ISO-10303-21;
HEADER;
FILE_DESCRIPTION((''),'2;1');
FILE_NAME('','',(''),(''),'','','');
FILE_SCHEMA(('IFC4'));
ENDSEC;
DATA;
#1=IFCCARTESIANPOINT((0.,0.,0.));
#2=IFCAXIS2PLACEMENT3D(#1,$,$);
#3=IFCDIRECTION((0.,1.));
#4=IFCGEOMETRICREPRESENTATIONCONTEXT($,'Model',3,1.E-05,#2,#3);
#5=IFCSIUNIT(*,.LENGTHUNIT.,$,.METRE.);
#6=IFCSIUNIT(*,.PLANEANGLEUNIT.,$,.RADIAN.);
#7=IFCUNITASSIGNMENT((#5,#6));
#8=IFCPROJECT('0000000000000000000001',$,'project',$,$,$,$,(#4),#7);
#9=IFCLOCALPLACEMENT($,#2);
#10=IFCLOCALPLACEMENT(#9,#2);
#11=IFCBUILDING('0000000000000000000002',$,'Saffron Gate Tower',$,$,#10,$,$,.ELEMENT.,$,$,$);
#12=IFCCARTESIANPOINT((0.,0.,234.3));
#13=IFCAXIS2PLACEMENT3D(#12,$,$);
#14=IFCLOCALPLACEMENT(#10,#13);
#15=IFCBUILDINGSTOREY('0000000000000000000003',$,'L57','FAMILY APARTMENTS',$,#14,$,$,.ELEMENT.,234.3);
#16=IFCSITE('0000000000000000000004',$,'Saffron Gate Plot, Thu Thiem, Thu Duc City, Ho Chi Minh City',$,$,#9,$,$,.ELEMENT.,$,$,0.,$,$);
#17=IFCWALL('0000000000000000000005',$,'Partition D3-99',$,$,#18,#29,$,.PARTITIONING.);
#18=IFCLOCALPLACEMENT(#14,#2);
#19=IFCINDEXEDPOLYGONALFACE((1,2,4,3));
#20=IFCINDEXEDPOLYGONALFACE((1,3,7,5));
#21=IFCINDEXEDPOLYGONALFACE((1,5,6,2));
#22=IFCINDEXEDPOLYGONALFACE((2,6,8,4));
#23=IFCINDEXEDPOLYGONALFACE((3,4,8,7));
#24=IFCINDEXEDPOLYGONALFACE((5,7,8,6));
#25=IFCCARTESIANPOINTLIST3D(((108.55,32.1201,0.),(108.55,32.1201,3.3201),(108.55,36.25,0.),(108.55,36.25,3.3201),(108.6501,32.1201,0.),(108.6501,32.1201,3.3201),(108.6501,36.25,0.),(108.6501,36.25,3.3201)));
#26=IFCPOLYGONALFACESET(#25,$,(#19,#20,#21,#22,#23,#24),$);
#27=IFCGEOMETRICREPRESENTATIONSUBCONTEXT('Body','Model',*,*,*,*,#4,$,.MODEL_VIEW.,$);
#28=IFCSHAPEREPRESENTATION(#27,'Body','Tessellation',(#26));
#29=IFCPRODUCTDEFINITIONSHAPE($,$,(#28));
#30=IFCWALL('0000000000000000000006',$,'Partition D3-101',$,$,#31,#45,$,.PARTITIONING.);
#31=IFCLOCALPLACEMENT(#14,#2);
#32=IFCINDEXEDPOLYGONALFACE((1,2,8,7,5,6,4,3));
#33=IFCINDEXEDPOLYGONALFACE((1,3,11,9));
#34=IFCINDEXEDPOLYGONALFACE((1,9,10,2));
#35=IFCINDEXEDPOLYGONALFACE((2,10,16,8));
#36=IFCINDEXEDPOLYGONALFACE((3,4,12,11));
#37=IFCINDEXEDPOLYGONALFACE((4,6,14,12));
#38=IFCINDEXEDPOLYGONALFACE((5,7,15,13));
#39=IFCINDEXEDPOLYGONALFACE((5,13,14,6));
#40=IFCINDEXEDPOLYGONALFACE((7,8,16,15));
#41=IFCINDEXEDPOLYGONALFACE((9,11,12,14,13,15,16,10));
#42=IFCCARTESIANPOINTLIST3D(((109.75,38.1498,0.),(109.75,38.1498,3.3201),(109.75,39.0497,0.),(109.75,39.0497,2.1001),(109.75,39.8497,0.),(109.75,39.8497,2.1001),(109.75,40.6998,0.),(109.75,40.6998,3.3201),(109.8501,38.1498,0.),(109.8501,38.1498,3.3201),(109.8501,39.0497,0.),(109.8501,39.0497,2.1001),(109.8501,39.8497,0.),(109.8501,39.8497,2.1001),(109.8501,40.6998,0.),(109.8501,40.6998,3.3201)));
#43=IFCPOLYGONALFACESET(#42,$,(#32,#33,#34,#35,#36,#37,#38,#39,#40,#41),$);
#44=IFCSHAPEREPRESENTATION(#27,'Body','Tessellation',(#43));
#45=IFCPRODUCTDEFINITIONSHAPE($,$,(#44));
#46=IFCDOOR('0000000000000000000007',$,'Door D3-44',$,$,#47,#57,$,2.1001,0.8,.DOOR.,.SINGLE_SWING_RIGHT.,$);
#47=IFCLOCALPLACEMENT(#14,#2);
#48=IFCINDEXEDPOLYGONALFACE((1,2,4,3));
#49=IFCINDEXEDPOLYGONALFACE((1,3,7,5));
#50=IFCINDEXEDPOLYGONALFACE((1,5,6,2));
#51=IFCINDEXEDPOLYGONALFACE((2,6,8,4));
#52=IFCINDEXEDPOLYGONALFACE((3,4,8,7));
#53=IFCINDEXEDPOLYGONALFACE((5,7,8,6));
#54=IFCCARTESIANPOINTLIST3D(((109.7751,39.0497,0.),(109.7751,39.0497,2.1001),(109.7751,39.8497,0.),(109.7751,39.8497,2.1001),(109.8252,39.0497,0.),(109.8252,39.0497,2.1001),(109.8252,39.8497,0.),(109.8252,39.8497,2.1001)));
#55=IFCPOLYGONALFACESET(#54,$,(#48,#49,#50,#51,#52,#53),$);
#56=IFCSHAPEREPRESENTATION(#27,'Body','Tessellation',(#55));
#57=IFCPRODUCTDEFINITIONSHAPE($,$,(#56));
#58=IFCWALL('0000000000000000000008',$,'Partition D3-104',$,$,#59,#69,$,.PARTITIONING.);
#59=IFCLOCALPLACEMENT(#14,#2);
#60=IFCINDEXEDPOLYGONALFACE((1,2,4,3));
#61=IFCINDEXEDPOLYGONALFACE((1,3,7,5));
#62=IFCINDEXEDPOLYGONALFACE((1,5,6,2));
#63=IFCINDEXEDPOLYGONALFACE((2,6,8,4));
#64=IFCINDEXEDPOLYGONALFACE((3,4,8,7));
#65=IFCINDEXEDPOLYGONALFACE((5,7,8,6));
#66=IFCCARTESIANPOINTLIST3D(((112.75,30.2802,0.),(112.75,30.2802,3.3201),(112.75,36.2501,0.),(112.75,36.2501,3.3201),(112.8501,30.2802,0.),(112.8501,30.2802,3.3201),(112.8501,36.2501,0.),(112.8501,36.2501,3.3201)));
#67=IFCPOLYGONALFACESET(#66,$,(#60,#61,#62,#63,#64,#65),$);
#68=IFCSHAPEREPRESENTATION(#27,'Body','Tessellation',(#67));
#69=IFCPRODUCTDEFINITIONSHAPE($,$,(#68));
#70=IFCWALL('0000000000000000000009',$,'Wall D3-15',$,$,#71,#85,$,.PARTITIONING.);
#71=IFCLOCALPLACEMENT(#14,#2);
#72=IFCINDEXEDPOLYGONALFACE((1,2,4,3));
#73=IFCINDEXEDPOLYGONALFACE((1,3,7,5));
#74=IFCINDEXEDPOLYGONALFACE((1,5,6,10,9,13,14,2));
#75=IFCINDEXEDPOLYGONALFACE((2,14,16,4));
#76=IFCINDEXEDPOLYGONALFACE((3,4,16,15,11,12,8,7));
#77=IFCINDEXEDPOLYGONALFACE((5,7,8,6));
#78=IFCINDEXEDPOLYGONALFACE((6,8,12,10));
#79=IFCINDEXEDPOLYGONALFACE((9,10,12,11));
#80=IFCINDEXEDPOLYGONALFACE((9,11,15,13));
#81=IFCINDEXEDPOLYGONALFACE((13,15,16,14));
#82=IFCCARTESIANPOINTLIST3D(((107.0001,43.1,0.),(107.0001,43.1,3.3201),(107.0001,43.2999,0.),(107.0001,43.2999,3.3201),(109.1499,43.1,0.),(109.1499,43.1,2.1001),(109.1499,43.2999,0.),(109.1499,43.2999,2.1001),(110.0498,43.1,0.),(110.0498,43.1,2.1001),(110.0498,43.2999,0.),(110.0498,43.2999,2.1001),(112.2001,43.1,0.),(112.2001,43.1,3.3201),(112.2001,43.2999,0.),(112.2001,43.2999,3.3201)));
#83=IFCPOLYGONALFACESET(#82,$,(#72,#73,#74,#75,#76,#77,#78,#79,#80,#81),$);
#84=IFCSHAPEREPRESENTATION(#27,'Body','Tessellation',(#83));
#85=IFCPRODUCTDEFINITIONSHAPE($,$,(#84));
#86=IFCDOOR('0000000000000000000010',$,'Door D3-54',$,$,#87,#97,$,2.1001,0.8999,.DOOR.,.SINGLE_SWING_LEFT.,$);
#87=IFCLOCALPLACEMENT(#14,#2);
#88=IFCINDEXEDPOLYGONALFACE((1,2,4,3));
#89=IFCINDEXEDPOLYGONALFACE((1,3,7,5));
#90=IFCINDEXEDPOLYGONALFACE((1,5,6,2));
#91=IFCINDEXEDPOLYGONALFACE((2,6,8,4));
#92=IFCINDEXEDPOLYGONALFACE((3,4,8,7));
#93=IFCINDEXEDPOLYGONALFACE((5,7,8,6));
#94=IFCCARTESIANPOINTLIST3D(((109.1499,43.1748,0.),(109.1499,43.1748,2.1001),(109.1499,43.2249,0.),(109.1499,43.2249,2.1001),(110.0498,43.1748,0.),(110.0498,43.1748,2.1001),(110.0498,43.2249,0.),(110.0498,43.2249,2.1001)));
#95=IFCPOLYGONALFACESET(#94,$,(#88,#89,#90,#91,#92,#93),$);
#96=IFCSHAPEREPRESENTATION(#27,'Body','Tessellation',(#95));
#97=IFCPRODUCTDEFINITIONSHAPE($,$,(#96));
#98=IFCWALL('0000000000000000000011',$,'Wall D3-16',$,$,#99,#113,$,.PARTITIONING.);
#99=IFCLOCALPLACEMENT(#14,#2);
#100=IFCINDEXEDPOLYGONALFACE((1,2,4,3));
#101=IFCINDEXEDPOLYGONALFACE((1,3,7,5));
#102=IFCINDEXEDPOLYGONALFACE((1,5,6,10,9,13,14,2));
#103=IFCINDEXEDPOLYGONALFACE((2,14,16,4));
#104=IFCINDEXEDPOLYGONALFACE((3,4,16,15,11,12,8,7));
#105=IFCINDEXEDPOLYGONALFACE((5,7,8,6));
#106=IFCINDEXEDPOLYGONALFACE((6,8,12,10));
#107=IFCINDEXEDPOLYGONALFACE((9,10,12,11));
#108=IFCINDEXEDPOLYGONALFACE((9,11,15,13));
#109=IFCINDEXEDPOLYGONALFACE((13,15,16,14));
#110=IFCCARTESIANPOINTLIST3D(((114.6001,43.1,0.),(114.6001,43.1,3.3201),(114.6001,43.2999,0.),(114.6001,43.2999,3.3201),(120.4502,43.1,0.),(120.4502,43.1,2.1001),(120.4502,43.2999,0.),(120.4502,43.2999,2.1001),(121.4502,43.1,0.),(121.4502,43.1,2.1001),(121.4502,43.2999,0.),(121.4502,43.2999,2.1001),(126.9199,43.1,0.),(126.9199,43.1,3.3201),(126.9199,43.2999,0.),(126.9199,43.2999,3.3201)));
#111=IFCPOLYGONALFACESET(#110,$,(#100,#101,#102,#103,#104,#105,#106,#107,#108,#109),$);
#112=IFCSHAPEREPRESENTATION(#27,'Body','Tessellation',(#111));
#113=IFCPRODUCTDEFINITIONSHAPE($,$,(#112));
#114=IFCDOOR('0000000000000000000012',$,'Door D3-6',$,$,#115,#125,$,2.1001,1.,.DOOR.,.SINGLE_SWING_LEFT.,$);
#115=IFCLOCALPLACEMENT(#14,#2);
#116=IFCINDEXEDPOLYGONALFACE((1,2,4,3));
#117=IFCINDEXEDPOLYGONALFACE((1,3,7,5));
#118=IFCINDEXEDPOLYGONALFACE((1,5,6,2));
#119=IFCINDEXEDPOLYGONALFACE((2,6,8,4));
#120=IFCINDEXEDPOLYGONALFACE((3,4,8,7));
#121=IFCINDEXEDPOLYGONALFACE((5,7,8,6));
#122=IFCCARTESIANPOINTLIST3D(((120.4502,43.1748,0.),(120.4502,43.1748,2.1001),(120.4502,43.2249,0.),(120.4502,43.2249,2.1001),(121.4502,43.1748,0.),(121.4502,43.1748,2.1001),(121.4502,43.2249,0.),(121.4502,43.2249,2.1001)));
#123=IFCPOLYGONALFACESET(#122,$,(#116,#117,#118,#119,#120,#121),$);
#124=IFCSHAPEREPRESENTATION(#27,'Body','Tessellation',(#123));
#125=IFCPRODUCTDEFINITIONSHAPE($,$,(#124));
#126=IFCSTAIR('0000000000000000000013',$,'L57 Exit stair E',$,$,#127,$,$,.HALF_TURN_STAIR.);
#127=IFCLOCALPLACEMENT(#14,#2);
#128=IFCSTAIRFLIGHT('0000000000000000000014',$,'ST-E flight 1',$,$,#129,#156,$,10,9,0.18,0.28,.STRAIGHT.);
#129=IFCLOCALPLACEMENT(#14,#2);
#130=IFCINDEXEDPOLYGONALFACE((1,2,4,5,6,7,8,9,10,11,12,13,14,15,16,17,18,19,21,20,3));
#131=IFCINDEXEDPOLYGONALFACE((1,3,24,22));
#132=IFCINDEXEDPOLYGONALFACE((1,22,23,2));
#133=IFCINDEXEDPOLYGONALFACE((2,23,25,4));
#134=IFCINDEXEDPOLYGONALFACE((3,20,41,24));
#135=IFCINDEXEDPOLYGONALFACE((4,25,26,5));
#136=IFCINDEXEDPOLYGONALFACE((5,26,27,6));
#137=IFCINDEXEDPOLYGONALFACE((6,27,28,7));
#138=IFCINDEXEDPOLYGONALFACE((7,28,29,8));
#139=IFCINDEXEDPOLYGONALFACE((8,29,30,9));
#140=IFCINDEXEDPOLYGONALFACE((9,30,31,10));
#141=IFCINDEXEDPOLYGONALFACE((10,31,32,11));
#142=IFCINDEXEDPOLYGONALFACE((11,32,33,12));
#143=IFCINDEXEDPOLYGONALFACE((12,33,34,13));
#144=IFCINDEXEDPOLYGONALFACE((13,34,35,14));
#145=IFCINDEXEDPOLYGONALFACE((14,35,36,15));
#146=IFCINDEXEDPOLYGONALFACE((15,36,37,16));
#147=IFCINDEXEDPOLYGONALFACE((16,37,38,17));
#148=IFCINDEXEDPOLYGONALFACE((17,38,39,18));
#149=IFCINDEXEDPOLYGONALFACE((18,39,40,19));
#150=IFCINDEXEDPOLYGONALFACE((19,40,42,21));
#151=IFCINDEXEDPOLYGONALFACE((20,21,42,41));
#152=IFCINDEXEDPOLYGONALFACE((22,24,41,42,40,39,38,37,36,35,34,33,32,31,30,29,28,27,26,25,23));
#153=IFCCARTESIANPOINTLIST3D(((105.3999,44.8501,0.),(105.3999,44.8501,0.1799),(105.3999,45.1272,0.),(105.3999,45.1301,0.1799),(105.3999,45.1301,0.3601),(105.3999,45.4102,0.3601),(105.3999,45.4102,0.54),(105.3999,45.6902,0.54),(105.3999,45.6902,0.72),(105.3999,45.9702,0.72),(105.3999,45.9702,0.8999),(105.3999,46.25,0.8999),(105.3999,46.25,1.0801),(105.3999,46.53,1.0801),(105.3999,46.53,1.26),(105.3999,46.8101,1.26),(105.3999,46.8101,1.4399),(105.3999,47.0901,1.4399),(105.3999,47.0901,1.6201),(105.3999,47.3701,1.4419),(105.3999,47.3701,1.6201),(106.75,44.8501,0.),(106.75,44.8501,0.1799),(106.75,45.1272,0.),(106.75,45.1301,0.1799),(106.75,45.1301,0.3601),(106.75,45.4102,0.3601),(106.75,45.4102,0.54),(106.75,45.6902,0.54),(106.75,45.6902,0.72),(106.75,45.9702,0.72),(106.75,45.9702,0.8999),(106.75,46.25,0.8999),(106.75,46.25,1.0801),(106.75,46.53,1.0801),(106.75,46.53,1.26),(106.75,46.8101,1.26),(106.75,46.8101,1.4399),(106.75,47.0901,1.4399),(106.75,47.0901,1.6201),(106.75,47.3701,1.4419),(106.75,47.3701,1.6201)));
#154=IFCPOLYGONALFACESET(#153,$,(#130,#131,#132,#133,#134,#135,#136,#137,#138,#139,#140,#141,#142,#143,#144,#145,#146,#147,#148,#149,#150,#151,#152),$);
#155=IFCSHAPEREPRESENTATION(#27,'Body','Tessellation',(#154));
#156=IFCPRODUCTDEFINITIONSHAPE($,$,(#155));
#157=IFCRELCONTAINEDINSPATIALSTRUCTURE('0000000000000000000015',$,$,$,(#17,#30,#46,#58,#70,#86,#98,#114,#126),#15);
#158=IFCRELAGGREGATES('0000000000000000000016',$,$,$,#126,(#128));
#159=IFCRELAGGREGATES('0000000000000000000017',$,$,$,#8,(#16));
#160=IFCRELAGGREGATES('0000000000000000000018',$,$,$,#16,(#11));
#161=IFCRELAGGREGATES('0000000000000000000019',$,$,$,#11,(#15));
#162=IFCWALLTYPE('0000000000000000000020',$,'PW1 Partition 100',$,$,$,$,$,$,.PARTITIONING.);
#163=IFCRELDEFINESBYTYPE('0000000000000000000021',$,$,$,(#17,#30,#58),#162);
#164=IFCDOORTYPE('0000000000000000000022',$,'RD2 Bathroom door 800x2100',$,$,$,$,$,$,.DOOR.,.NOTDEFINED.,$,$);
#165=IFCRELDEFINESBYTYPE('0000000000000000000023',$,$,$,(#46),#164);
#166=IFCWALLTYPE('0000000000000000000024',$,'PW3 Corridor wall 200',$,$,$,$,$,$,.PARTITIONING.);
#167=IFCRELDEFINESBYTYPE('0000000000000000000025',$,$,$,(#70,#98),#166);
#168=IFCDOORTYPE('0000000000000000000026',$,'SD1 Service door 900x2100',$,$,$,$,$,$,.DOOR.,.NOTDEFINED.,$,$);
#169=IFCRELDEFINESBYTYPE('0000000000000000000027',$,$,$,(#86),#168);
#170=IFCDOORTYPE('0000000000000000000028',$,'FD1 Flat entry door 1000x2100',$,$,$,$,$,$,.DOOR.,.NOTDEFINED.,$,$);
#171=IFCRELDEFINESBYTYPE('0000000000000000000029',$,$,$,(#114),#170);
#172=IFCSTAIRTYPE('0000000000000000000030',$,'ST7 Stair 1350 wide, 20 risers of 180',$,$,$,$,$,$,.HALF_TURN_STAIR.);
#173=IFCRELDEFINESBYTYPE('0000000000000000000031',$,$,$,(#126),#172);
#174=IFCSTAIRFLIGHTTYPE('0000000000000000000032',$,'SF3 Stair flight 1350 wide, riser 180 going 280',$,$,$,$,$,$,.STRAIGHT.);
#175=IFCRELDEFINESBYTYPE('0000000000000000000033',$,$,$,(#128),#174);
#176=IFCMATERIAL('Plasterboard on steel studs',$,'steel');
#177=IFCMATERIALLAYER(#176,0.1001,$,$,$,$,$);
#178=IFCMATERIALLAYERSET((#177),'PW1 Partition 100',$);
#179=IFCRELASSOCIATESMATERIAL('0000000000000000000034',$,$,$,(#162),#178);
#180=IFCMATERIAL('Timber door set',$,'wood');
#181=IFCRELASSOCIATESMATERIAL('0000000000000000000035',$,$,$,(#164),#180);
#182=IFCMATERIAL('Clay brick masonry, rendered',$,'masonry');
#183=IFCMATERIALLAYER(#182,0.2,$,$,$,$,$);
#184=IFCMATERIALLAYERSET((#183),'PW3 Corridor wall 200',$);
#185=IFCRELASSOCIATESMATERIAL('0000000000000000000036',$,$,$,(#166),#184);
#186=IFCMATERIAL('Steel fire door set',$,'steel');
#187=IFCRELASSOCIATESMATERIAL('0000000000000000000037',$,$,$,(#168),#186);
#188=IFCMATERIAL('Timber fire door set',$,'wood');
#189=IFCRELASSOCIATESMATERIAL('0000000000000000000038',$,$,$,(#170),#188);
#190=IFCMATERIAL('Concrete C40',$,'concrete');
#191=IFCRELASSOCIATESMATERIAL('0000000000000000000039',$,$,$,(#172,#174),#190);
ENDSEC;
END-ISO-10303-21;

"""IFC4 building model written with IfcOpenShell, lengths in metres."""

from ifc_helpers import new_model, si_unit, direction, frame, frame_2d, origin, place, context, subcontext, project, spatial, polyline, rectangle, outline, extrude, material, layer, layer_set, type_object, element, fill, aggregate, save


model = new_model("IFC4")

# Units and contexts
model_context = context("Model", 3, precision=1e-05, world=origin(), true_north=direction((0.0, 1.0)))
body_context = subcontext(model_context, "Body", "Model", "MODEL_VIEW")
ifc_project = project(units=[si_unit("LENGTHUNIT", "METRE"), si_unit("PLANEANGLEUNIT", "RADIAN")], contexts=[model_context])

# Site, building, storey
site_placement = place(None, origin())
site = spatial("IfcSite", under=ifc_project, at=site_placement, Name="Saffron Gate Plot, Thu Thiem, Thu Duc City, Ho Chi Minh City", CompositionType="ELEMENT", RefElevation=0.0)
building_placement = place(site_placement, origin())
building = spatial("IfcBuilding", under=site, at=building_placement, Name="Saffron Gate Tower", CompositionType="ELEMENT")
storey_placement = place(building_placement, frame((0.0, 0.0, 234.3)))
storey = spatial("IfcBuildingStorey", under=building, at=storey_placement, Name="L57", Description="FAMILY APARTMENTS", CompositionType="ELEMENT", Elevation=234.3)

# Shared definitions
ifc_material_1 = material(Name="Plasterboard on steel studs", Category="steel")
ifc_layer_1 = layer(ifc_material_1, 0.1001)
ifc_layer_set_1 = layer_set([ifc_layer_1], Name="PW1 Partition 100")
wall_type_1 = type_object("IfcWallType", Name="PW1 Partition 100", PredefinedType="PARTITIONING", material=ifc_layer_set_1)

# Shared definitions
ifc_material_2 = material(Name="Timber door set", Category="wood")

# Wall
wall_1_placement = place(storey_placement, frame((108.6001, 36.25, 0.0), z_axis=(0.0, 0.0, 1.0), x_axis=(0.0, -1.0, 0.0)))
element("IfcWall", 1, at=wall_1_placement, inside=storey, type_object=wall_type_1, Name="Partition D3-99", PredefinedType="PARTITIONING", context=body_context, shape_type="SweptSolid", body=[
    extrude(rectangle(XDim=4.1299, YDim=0.1001, at=frame_2d((2.0649, 0.0))), origin(), (0.0, 0.0, 1.0), 3.3201),
])

# Wall, opening, door
wall_2_placement = place(storey_placement, frame((109.8, 38.1499, 0.0), z_axis=(0.0, 0.0, 1.0), x_axis=(0.0, 1.0, 0.0)))
wall_2 = element("IfcWall", 2, at=wall_2_placement, inside=storey, type_object=wall_type_1, Name="Partition D3-101", PredefinedType="PARTITIONING", context=body_context, shape_type="SweptSolid", body=[
    extrude(rectangle(XDim=2.55, YDim=0.1001, at=frame_2d((1.2749, 0.0))), origin(), (0.0, 0.0, 1.0), 3.3201),
])
opening_1_placement = place(wall_2_placement, frame((0.8999, 0.0, 0.0)))
opening_1 = element("IfcOpeningElement", 3, at=opening_1_placement, cuts=wall_2, PredefinedType="OPENING", context=body_context, shape_type="SweptSolid", body=[
    extrude(rectangle(XDim=0.8, YDim=2.1001, at=frame_2d((0.3999, 1.05))), frame((0.0, 0.0601, 0.0), z_axis=(0.0, -1.0, 0.0), x_axis=(1.0, 0.0, 0.0)), (0.0, 0.0, 1.0), 0.1201),
])
door_type_1 = type_object("IfcDoorType", Name="RD2 Bathroom door 800x2100", OperationType="NOTDEFINED", PredefinedType="DOOR", material=ifc_material_2)
door_1_placement = place(opening_1_placement, origin())
door_1 = element("IfcDoor", 4, at=door_1_placement, inside=storey, type_object=door_type_1, Name="Door D3-44", OperationType="SINGLE_SWING_RIGHT", OverallHeight=2.1001, OverallWidth=0.8, PredefinedType="DOOR", context=body_context, shape_type="SweptSolid", body=[
    extrude(rectangle(XDim=0.8, YDim=2.1001, at=frame_2d((0.3999, 1.05))), frame((0.0, 0.0249, 0.0), z_axis=(0.0, -1.0, 0.0), x_axis=(1.0, 0.0, 0.0)), (0.0, 0.0, 1.0), 0.05),
])
fill(opening_1, door_1)

# Wall
wall_3_placement = place(storey_placement, frame((112.8, 36.25, 0.0), z_axis=(0.0, 0.0, 1.0), x_axis=(0.0, -1.0, 0.0)))
element("IfcWall", 5, at=wall_3_placement, inside=storey, type_object=wall_type_1, Name="Partition D3-104", PredefinedType="PARTITIONING", context=body_context, shape_type="SweptSolid", body=[
    extrude(rectangle(XDim=5.97, YDim=0.1001, at=frame_2d((2.9849, 0.0))), origin(), (0.0, 0.0, 1.0), 3.3201),
])

# Walls, openings, doors
ifc_material_3 = material(Name="Clay brick masonry, rendered", Category="masonry")
ifc_layer_2 = layer(ifc_material_3, 0.2)
ifc_layer_set_2 = layer_set([ifc_layer_2], Name="PW3 Corridor wall 200")
wall_type_2 = type_object("IfcWallType", Name="PW3 Corridor wall 200", PredefinedType="PARTITIONING", material=ifc_layer_set_2)
wall_4_placement = place(storey_placement, frame((107.0, 43.2, 0.0), z_axis=(0.0, 0.0, 1.0), x_axis=(1.0, 0.0, 0.0)))
wall_4 = element("IfcWall", 6, at=wall_4_placement, inside=storey, type_object=wall_type_2, Name="Wall D3-15", PredefinedType="PARTITIONING", context=body_context, shape_type="SweptSolid", body=[
    extrude(rectangle(XDim=5.2, YDim=0.2, at=frame_2d((2.6001, 0.0))), origin(), (0.0, 0.0, 1.0), 3.3201),
])
opening_2_placement = place(wall_4_placement, frame((2.1499, 0.0, 0.0)))
opening_2 = element("IfcOpeningElement", 7, at=opening_2_placement, cuts=wall_4, PredefinedType="OPENING", context=body_context, shape_type="SweptSolid", body=[
    extrude(rectangle(XDim=0.8999, YDim=2.1001, at=frame_2d((0.45, 1.05))), frame((0.0, 0.1099, 0.0), z_axis=(0.0, -1.0, 0.0), x_axis=(1.0, 0.0, 0.0)), (0.0, 0.0, 1.0), 0.22),
])
ifc_material_4 = material(Name="Steel fire door set", Category="steel")
door_type_2 = type_object("IfcDoorType", Name="SD1 Service door 900x2100", OperationType="NOTDEFINED", PredefinedType="DOOR", material=ifc_material_4)
door_2_placement = place(opening_2_placement, origin())
door_2 = element("IfcDoor", 8, at=door_2_placement, inside=storey, type_object=door_type_2, Name="Door D3-54", OperationType="SINGLE_SWING_LEFT", OverallHeight=2.1001, OverallWidth=0.8999, PredefinedType="DOOR", context=body_context, shape_type="SweptSolid", body=[
    extrude(rectangle(XDim=0.8999, YDim=2.1001, at=frame_2d((0.45, 1.05))), frame((0.0, 0.0249, 0.0), z_axis=(0.0, -1.0, 0.0), x_axis=(1.0, 0.0, 0.0)), (0.0, 0.0, 1.0), 0.05),
])
fill(opening_2, door_2)
wall_5_placement = place(storey_placement, frame((114.6001, 43.2, 0.0), z_axis=(0.0, 0.0, 1.0), x_axis=(1.0, 0.0, 0.0)))
wall_5 = element("IfcWall", 9, at=wall_5_placement, inside=storey, type_object=wall_type_2, Name="Wall D3-16", PredefinedType="PARTITIONING", context=body_context, shape_type="SweptSolid", body=[
    extrude(rectangle(XDim=12.3198, YDim=0.2, at=frame_2d((6.1599, 0.0))), origin(), (0.0, 0.0, 1.0), 3.3201),
])
opening_3_placement = place(wall_5_placement, frame((5.8501, 0.0, 0.0)))
opening_3 = element("IfcOpeningElement", 10, at=opening_3_placement, cuts=wall_5, PredefinedType="OPENING", context=body_context, shape_type="SweptSolid", body=[
    extrude(rectangle(XDim=1.0, YDim=2.1001, at=frame_2d((0.5, 1.05))), frame((0.0, 0.1099, 0.0), z_axis=(0.0, -1.0, 0.0), x_axis=(1.0, 0.0, 0.0)), (0.0, 0.0, 1.0), 0.22),
])
ifc_material_5 = material(Name="Timber fire door set", Category="wood")
door_type_3 = type_object("IfcDoorType", Name="FD1 Flat entry door 1000x2100", OperationType="NOTDEFINED", PredefinedType="DOOR", material=ifc_material_5)
door_3_placement = place(opening_3_placement, origin())
door_3 = element("IfcDoor", 11, at=door_3_placement, inside=storey, type_object=door_type_3, Name="Door D3-6", OperationType="SINGLE_SWING_LEFT", OverallHeight=2.1001, OverallWidth=1.0, PredefinedType="DOOR", context=body_context, shape_type="SweptSolid", body=[
    extrude(rectangle(XDim=1.0, YDim=2.1001, at=frame_2d((0.5, 1.05))), frame((0.0, 0.0249, 0.0), z_axis=(0.0, -1.0, 0.0), x_axis=(1.0, 0.0, 0.0)), (0.0, 0.0, 1.0), 0.05),
])
fill(opening_3, door_3)

# Stair, stair flight
ifc_material_6 = material(Name="Concrete C40", Category="concrete")
stair_type = type_object("IfcStairType", Name="ST7 Stair 1350 wide, 20 risers of 180", PredefinedType="HALF_TURN_STAIR", material=ifc_material_6)
stair_placement = place(storey_placement, origin())
stair = element("IfcStair", 12, at=stair_placement, inside=storey, type_object=stair_type, Name="L57 Exit stair E", PredefinedType="HALF_TURN_STAIR")
stair_flight_type = type_object("IfcStairFlightType", Name="SF3 Stair flight 1350 wide, riser 180 going 280", PredefinedType="STRAIGHT", material=ifc_material_6)
stair_flight_1_placement = place(storey_placement, frame((106.075, 44.8501, 0.0), z_axis=(0.0, 0.0, 1.0), x_axis=(0.0, 1.0, 0.0)))
stair_flight_1 = element("IfcStairFlight", 13, at=stair_flight_1_placement, type_object=stair_flight_type, Name="ST-E flight 1", NumberOfRisers=10, NumberOfTreads=9, PredefinedType="STRAIGHT", RiserHeight=0.18, TreadLength=0.28, context=body_context, shape_type="SweptSolid", body=[
    extrude(outline(polyline([(0.0, 0.0), (0.0, 0.1799), (0.28, 0.1799), (0.28, 0.3601), (0.5601, 0.3601), (0.5601, 0.54), (0.8401, 0.54), (0.8401, 0.72), (1.1201, 0.72), (1.1201, 0.8999), (1.3999, 0.8999), (1.3999, 1.0801), (1.6799, 1.0801), (1.6799, 1.26), (1.96, 1.26), (1.96, 1.4399), (2.24, 1.4399), (2.24, 1.6201), (2.52, 1.6201), (2.52, 1.8), (2.52, 1.4419), (0.2771, 0.0), (0.0, 0.0)])), frame((0.0, 0.675, 0.0), z_axis=(0.0, -1.0, 0.0), x_axis=(1.0, 0.0, 0.0)), (0.0, 0.0, 1.0), 1.3501),
])
aggregate(stair, [stair_flight_1])

save(model, "model.ifc")
